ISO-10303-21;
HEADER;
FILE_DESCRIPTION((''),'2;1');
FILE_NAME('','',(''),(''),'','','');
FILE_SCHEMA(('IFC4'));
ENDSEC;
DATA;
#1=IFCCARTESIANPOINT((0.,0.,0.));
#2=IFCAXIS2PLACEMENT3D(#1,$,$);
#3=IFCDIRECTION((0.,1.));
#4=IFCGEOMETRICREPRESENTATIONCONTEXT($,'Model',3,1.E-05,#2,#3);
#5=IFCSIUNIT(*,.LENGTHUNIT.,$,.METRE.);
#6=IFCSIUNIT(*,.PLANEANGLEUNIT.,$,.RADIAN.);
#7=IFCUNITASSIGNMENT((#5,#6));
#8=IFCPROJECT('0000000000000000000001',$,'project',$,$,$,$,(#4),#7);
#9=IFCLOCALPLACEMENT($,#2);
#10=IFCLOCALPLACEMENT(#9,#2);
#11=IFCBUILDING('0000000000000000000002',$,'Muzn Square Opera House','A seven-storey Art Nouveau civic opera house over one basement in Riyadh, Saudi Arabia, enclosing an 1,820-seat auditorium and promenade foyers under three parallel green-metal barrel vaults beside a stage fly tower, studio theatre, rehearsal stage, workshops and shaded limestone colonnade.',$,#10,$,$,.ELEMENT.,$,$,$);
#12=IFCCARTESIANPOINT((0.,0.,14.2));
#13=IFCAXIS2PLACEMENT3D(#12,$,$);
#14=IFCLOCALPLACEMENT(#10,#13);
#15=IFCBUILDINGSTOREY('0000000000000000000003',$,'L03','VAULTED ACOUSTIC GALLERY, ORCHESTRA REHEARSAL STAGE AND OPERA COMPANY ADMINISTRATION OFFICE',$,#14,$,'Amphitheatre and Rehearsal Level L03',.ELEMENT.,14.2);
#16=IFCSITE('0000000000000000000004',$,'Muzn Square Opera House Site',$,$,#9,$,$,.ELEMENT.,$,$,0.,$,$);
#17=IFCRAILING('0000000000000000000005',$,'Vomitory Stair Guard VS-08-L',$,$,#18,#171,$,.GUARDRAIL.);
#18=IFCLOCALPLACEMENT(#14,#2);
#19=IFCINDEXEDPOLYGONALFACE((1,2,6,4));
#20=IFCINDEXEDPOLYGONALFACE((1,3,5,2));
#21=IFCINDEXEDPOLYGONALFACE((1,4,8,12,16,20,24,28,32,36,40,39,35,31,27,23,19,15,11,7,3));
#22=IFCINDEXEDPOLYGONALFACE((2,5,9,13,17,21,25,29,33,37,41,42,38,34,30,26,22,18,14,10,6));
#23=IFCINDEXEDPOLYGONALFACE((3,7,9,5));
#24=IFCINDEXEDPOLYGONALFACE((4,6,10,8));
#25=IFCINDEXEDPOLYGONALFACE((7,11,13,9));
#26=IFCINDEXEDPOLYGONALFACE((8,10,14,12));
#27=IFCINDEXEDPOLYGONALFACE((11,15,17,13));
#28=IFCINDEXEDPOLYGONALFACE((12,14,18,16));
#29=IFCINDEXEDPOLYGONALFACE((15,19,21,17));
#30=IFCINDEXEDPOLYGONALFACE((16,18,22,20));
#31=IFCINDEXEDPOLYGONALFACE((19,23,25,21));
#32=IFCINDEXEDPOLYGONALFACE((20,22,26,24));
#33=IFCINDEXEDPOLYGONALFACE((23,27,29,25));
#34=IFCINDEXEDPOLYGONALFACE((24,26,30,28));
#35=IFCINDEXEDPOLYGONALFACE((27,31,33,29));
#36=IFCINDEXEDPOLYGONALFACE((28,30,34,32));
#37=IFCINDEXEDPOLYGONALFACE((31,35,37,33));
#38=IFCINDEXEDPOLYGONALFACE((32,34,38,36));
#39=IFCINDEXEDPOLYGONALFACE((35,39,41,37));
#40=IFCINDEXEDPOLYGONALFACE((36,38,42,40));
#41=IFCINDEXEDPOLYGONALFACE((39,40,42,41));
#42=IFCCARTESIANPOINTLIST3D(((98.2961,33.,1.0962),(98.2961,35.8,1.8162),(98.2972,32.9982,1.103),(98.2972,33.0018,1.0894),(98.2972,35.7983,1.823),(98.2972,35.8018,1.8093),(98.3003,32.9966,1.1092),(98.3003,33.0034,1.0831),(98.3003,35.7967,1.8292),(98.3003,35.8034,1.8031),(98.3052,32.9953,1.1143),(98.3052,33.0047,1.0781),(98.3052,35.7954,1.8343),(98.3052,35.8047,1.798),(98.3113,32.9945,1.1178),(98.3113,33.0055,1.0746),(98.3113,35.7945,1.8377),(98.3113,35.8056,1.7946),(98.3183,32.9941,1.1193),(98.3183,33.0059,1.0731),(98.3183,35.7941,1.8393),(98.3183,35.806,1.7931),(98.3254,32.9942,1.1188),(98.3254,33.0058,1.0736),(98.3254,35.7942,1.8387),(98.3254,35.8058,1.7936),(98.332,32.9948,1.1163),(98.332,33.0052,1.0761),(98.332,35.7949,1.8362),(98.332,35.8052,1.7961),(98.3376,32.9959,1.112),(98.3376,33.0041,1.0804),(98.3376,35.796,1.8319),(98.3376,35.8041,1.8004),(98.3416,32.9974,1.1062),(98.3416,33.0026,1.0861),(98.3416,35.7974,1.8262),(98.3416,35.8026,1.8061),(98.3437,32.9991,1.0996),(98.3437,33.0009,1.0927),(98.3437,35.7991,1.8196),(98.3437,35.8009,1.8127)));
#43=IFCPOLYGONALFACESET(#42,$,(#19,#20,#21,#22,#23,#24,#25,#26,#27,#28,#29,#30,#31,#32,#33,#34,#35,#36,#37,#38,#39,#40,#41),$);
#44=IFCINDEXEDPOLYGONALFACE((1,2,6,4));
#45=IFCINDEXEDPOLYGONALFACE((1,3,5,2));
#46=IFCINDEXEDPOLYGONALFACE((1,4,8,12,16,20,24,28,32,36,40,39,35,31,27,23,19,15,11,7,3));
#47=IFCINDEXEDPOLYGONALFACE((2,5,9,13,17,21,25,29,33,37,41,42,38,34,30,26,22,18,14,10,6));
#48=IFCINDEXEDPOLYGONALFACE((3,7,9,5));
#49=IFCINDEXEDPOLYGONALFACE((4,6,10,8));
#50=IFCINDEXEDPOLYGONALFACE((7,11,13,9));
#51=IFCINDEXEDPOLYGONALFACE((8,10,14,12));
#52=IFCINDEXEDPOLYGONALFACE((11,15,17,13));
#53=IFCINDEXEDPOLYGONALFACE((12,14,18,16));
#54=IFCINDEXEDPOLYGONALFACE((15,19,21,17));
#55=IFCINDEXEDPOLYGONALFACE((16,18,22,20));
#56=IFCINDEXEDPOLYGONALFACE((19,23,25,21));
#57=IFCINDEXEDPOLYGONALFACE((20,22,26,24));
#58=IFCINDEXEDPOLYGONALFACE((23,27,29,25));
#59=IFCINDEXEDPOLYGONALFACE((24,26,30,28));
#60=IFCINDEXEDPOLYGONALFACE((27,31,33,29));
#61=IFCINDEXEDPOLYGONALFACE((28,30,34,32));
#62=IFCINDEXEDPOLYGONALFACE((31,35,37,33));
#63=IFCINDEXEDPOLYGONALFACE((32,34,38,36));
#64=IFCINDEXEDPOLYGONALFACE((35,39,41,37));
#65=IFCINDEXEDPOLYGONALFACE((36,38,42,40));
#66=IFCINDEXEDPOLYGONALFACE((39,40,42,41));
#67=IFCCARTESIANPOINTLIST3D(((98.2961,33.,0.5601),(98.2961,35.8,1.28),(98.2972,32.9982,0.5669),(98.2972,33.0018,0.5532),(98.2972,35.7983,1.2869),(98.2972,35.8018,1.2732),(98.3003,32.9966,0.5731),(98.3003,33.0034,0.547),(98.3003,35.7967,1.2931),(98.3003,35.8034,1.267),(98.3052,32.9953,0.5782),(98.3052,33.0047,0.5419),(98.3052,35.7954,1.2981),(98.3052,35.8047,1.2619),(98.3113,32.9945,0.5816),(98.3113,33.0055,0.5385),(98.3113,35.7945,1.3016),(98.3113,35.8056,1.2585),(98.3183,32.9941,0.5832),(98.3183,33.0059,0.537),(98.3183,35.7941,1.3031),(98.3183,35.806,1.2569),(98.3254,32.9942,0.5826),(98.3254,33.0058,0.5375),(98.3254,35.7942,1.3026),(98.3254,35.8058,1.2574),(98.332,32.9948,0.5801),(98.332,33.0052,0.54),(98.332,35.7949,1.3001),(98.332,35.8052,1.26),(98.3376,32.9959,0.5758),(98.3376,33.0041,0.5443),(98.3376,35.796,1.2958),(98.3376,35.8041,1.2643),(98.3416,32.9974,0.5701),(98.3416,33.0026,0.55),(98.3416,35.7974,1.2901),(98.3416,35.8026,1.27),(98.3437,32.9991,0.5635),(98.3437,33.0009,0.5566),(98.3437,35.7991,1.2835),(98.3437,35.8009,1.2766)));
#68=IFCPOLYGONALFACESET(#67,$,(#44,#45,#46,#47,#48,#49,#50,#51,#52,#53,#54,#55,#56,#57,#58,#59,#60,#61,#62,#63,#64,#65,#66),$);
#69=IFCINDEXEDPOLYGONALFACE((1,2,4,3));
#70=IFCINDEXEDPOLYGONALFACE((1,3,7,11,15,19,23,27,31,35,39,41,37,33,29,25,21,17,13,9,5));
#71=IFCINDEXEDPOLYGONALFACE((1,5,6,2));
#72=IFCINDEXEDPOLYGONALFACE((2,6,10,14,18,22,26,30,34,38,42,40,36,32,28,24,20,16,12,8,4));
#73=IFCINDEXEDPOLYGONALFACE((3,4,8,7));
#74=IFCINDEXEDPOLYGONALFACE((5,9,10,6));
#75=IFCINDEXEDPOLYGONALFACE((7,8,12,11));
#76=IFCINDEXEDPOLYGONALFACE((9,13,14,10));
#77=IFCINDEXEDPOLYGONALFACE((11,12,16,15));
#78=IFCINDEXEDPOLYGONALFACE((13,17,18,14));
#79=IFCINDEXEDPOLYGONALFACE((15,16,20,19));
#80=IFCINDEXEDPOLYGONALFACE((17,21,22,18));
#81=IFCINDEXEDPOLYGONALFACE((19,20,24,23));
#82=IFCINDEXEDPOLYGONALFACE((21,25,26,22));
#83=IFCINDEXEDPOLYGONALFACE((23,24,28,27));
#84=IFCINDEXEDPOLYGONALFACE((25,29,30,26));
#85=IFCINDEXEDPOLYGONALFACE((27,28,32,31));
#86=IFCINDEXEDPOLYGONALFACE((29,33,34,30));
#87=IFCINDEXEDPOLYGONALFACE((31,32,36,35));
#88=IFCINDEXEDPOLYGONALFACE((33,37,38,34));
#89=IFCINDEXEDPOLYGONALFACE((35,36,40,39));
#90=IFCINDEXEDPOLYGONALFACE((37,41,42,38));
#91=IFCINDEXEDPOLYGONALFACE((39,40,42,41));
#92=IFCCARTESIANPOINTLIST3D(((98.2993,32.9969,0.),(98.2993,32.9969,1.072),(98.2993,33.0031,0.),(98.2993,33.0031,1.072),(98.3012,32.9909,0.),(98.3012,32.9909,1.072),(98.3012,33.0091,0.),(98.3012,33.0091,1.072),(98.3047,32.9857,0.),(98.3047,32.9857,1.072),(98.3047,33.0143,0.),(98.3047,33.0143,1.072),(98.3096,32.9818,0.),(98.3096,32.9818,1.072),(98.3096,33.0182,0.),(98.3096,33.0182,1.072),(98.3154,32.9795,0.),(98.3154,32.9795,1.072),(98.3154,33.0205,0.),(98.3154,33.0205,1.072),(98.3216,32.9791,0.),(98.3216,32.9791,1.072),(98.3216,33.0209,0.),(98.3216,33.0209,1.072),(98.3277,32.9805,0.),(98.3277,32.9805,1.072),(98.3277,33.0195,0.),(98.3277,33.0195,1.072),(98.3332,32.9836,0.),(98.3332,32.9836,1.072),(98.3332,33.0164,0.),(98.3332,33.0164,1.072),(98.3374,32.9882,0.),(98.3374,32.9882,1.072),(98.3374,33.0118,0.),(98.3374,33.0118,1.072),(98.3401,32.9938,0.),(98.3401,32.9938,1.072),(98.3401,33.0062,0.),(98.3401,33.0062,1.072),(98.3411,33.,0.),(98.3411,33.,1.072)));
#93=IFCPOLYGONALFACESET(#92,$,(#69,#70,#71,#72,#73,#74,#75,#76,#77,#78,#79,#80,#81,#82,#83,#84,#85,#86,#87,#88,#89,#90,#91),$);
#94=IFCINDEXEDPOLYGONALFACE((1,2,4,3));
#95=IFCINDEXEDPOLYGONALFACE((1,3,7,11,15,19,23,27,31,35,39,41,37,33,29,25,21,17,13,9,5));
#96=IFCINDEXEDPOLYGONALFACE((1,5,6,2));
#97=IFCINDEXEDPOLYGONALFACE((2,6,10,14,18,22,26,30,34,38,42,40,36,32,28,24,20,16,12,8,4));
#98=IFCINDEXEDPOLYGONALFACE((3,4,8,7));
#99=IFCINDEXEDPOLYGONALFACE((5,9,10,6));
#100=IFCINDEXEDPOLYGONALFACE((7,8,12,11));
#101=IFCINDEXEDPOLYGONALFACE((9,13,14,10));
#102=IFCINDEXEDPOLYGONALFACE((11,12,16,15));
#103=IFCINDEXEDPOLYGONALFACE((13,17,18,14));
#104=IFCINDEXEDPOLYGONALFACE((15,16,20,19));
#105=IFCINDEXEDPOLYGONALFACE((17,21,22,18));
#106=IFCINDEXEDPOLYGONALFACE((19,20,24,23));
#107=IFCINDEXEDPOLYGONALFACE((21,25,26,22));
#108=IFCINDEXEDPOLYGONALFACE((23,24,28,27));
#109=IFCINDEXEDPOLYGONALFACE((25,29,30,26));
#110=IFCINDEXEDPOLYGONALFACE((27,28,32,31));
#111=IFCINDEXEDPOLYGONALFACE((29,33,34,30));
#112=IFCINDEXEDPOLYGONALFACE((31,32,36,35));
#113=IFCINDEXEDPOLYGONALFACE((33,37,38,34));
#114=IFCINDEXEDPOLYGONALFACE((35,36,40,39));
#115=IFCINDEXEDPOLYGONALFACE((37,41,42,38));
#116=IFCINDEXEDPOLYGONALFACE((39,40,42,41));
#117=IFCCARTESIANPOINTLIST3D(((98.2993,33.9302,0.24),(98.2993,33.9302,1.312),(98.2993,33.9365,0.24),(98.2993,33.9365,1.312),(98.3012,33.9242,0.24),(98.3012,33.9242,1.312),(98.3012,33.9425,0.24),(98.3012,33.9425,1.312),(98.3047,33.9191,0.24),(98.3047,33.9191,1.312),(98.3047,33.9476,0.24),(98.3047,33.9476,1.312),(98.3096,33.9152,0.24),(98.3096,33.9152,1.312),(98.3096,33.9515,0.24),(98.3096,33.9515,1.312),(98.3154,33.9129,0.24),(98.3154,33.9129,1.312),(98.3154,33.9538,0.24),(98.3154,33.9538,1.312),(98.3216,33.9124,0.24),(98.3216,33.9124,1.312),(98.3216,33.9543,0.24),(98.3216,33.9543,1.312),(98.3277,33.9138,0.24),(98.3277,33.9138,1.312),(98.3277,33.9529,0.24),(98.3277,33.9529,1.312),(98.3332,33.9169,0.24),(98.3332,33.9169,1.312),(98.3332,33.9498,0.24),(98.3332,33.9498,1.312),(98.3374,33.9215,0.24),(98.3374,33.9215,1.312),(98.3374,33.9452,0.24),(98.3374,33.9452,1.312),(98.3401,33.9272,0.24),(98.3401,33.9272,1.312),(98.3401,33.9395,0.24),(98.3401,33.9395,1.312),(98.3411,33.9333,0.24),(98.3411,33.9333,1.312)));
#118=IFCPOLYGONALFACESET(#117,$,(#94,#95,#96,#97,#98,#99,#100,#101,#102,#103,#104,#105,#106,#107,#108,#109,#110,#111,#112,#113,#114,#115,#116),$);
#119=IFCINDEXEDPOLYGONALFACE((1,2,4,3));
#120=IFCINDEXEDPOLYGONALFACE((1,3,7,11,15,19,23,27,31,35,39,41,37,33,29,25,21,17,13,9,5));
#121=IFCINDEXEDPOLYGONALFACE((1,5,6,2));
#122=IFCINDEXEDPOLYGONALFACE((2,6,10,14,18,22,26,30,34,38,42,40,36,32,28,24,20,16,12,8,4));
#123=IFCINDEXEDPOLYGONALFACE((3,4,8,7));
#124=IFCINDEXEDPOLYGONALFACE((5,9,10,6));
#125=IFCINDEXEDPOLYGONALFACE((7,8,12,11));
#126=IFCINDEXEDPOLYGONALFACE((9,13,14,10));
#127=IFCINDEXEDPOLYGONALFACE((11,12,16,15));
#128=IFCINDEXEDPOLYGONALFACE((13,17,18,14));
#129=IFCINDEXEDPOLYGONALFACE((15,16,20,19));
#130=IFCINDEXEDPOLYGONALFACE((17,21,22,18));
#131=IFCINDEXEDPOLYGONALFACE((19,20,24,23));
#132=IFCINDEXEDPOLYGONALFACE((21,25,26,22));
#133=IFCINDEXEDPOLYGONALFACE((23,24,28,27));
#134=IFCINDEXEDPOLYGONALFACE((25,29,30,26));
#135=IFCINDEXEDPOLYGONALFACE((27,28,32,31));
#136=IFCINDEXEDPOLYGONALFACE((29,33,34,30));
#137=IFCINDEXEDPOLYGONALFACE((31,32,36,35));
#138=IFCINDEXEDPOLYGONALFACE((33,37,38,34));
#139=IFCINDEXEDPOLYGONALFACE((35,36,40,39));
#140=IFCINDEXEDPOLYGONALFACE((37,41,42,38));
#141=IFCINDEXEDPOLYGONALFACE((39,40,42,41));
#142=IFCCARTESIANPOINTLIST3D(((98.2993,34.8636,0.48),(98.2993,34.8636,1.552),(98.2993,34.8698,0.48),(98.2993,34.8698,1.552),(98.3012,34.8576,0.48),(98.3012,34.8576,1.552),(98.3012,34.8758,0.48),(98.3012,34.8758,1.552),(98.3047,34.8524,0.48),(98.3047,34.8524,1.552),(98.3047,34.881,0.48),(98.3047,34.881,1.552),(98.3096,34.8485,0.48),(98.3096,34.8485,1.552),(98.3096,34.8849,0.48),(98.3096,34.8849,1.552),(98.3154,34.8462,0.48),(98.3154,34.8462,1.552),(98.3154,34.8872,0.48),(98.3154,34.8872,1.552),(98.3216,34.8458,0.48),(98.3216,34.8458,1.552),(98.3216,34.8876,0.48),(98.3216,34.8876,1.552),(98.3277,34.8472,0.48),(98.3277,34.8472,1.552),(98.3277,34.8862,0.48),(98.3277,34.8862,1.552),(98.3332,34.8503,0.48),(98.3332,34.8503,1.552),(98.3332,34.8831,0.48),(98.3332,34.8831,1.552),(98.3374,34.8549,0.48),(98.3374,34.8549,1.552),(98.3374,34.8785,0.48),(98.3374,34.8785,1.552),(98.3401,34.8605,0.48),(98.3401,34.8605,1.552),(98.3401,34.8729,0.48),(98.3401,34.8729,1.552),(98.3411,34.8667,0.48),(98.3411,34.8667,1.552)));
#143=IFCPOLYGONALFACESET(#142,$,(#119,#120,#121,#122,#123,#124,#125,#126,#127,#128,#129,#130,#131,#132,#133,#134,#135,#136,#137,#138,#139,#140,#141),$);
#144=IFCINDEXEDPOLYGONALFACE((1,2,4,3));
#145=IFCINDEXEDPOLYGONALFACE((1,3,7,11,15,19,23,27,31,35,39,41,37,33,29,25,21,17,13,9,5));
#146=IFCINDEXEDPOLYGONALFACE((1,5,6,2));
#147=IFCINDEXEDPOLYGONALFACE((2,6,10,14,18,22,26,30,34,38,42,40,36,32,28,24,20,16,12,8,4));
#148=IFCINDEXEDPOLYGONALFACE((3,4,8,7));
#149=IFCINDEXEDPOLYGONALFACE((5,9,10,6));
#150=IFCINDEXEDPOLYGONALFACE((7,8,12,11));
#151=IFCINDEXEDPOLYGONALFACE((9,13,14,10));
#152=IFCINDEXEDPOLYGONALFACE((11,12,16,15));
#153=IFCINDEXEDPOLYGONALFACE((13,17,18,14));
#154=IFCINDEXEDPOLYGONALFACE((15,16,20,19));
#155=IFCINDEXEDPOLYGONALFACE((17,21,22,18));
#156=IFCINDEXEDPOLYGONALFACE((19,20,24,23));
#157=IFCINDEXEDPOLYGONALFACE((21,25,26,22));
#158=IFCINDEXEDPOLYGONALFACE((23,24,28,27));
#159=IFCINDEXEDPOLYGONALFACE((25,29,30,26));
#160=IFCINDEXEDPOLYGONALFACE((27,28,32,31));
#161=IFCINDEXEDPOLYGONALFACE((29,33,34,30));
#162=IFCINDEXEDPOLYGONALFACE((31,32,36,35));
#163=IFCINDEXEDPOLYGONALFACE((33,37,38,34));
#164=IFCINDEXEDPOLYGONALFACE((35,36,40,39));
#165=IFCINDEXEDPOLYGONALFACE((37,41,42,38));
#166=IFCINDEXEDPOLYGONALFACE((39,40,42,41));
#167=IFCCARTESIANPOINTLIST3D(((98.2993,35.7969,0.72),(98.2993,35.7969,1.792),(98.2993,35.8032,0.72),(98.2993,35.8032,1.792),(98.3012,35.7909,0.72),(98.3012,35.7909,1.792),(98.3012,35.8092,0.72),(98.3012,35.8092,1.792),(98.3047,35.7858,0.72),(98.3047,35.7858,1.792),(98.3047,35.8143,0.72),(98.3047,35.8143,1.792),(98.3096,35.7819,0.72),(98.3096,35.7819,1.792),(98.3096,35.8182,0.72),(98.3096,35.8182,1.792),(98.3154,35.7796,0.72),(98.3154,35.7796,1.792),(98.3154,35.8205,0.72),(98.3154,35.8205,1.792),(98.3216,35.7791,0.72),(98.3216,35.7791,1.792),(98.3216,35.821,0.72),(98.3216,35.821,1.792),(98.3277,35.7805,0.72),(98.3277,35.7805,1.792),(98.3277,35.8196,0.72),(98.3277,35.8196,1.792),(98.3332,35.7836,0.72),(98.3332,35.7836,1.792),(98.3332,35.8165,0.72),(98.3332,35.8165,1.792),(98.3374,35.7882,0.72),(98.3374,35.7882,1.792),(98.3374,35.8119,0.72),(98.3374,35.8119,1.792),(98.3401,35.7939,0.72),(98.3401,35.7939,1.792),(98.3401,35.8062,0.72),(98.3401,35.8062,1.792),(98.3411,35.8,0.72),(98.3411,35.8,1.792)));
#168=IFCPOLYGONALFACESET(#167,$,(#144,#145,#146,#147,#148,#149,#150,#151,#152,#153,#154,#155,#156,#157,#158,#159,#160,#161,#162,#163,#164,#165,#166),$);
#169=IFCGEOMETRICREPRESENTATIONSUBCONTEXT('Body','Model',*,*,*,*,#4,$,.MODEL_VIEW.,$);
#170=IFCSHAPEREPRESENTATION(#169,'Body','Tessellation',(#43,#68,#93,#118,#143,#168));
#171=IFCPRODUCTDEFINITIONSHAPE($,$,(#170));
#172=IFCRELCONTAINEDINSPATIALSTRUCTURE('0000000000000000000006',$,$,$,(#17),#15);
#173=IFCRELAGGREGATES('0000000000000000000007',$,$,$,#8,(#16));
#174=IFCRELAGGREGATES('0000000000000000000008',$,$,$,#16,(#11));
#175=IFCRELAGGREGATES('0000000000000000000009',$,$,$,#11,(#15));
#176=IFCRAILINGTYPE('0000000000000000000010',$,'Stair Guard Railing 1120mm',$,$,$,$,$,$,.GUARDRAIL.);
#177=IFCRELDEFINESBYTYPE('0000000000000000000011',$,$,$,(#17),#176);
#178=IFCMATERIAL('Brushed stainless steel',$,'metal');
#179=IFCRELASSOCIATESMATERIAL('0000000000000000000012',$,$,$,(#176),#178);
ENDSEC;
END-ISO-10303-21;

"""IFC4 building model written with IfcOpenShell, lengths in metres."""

from ifc_helpers import new_model, si_unit, direction, frame, origin, origin_2d, place, context, subcontext, project, spatial, circle, extrude, material, type_object, element, save


model = new_model("IFC4")

# Units and contexts
model_context = context("Model", 3, precision=1e-05, world=origin(), true_north=direction((0.0, 1.0)))
body_context = subcontext(model_context, "Body", "Model", "MODEL_VIEW")
ifc_project = project(units=[si_unit("LENGTHUNIT", "METRE"), si_unit("PLANEANGLEUNIT", "RADIAN")], contexts=[model_context])

# Site, building, storey
site_placement = place(None, origin())
site = spatial("IfcSite", under=ifc_project, at=site_placement, Name="Muzn Square Opera House Site", CompositionType="ELEMENT", RefElevation=0.0)
building_placement = place(site_placement, origin())
building = spatial("IfcBuilding", under=site, at=building_placement, Name="Muzn Square Opera House", Description="A seven-storey Art Nouveau civic opera house over one basement in Riyadh, Saudi Arabia, enclosing an 1,820-seat auditorium and promenade foyers under three parallel green-metal barrel vaults beside a stage fly tower, studio theatre, rehearsal stage, workshops and shaded limestone colonnade.", CompositionType="ELEMENT")
storey_placement = place(building_placement, frame((0.0, 0.0, 14.2)))
storey = spatial("IfcBuildingStorey", under=building, at=storey_placement, Name="L03", Description="VAULTED ACOUSTIC GALLERY, ORCHESTRA REHEARSAL STAGE AND OPERA COMPANY ADMINISTRATION OFFICE", LongName="Amphitheatre and Rehearsal Level L03", CompositionType="ELEMENT", Elevation=14.2)

# Shared definitions
ifc_material_1 = material(Name="Brushed stainless steel", Category="metal")

# Railing
railing_type_1 = type_object("IfcRailingType", Name="Stair Guard Railing 1120mm", PredefinedType="GUARDRAIL", material=ifc_material_1)
railing_1_placement = place(storey_placement, frame((98.3201, 33.0, 0.0)))
element("IfcRailing", 1, at=railing_1_placement, inside=storey, type_object=railing_type_1, Name="Vomitory Stair Guard VS-08-L", PredefinedType="GUARDRAIL", context=body_context, shape_type="SweptSolid", body=[
    extrude(circle(Radius=0.0239, at=origin_2d()), frame((0.0, 0.0, 1.0962), z_axis=(0.0, 0.968496, 0.249027), x_axis=(-1.0, 0.0, 0.0)), (0.0, 0.0, 1.0), 2.8911),
    extrude(circle(Radius=0.0239, at=origin_2d()), frame((0.0, 0.0, 0.5601), z_axis=(0.0, 0.968496, 0.249027), x_axis=(-1.0, 0.0, 0.0)), (0.0, 0.0, 1.0), 2.8911),
    extrude(circle(Radius=0.021, at=origin_2d()), origin(), (0.0, 0.0, 1.0), 1.072),
    extrude(circle(Radius=0.021, at=origin_2d()), frame((0.0, 0.9333, 0.24)), (0.0, 0.0, 1.0), 1.072),
    extrude(circle(Radius=0.021, at=origin_2d()), frame((0.0, 1.8667, 0.48)), (0.0, 0.0, 1.0), 1.072),
    extrude(circle(Radius=0.021, at=origin_2d()), frame((0.0, 2.8, 0.72)), (0.0, 0.0, 1.0), 1.072),
])

save(model, "model.ifc")
